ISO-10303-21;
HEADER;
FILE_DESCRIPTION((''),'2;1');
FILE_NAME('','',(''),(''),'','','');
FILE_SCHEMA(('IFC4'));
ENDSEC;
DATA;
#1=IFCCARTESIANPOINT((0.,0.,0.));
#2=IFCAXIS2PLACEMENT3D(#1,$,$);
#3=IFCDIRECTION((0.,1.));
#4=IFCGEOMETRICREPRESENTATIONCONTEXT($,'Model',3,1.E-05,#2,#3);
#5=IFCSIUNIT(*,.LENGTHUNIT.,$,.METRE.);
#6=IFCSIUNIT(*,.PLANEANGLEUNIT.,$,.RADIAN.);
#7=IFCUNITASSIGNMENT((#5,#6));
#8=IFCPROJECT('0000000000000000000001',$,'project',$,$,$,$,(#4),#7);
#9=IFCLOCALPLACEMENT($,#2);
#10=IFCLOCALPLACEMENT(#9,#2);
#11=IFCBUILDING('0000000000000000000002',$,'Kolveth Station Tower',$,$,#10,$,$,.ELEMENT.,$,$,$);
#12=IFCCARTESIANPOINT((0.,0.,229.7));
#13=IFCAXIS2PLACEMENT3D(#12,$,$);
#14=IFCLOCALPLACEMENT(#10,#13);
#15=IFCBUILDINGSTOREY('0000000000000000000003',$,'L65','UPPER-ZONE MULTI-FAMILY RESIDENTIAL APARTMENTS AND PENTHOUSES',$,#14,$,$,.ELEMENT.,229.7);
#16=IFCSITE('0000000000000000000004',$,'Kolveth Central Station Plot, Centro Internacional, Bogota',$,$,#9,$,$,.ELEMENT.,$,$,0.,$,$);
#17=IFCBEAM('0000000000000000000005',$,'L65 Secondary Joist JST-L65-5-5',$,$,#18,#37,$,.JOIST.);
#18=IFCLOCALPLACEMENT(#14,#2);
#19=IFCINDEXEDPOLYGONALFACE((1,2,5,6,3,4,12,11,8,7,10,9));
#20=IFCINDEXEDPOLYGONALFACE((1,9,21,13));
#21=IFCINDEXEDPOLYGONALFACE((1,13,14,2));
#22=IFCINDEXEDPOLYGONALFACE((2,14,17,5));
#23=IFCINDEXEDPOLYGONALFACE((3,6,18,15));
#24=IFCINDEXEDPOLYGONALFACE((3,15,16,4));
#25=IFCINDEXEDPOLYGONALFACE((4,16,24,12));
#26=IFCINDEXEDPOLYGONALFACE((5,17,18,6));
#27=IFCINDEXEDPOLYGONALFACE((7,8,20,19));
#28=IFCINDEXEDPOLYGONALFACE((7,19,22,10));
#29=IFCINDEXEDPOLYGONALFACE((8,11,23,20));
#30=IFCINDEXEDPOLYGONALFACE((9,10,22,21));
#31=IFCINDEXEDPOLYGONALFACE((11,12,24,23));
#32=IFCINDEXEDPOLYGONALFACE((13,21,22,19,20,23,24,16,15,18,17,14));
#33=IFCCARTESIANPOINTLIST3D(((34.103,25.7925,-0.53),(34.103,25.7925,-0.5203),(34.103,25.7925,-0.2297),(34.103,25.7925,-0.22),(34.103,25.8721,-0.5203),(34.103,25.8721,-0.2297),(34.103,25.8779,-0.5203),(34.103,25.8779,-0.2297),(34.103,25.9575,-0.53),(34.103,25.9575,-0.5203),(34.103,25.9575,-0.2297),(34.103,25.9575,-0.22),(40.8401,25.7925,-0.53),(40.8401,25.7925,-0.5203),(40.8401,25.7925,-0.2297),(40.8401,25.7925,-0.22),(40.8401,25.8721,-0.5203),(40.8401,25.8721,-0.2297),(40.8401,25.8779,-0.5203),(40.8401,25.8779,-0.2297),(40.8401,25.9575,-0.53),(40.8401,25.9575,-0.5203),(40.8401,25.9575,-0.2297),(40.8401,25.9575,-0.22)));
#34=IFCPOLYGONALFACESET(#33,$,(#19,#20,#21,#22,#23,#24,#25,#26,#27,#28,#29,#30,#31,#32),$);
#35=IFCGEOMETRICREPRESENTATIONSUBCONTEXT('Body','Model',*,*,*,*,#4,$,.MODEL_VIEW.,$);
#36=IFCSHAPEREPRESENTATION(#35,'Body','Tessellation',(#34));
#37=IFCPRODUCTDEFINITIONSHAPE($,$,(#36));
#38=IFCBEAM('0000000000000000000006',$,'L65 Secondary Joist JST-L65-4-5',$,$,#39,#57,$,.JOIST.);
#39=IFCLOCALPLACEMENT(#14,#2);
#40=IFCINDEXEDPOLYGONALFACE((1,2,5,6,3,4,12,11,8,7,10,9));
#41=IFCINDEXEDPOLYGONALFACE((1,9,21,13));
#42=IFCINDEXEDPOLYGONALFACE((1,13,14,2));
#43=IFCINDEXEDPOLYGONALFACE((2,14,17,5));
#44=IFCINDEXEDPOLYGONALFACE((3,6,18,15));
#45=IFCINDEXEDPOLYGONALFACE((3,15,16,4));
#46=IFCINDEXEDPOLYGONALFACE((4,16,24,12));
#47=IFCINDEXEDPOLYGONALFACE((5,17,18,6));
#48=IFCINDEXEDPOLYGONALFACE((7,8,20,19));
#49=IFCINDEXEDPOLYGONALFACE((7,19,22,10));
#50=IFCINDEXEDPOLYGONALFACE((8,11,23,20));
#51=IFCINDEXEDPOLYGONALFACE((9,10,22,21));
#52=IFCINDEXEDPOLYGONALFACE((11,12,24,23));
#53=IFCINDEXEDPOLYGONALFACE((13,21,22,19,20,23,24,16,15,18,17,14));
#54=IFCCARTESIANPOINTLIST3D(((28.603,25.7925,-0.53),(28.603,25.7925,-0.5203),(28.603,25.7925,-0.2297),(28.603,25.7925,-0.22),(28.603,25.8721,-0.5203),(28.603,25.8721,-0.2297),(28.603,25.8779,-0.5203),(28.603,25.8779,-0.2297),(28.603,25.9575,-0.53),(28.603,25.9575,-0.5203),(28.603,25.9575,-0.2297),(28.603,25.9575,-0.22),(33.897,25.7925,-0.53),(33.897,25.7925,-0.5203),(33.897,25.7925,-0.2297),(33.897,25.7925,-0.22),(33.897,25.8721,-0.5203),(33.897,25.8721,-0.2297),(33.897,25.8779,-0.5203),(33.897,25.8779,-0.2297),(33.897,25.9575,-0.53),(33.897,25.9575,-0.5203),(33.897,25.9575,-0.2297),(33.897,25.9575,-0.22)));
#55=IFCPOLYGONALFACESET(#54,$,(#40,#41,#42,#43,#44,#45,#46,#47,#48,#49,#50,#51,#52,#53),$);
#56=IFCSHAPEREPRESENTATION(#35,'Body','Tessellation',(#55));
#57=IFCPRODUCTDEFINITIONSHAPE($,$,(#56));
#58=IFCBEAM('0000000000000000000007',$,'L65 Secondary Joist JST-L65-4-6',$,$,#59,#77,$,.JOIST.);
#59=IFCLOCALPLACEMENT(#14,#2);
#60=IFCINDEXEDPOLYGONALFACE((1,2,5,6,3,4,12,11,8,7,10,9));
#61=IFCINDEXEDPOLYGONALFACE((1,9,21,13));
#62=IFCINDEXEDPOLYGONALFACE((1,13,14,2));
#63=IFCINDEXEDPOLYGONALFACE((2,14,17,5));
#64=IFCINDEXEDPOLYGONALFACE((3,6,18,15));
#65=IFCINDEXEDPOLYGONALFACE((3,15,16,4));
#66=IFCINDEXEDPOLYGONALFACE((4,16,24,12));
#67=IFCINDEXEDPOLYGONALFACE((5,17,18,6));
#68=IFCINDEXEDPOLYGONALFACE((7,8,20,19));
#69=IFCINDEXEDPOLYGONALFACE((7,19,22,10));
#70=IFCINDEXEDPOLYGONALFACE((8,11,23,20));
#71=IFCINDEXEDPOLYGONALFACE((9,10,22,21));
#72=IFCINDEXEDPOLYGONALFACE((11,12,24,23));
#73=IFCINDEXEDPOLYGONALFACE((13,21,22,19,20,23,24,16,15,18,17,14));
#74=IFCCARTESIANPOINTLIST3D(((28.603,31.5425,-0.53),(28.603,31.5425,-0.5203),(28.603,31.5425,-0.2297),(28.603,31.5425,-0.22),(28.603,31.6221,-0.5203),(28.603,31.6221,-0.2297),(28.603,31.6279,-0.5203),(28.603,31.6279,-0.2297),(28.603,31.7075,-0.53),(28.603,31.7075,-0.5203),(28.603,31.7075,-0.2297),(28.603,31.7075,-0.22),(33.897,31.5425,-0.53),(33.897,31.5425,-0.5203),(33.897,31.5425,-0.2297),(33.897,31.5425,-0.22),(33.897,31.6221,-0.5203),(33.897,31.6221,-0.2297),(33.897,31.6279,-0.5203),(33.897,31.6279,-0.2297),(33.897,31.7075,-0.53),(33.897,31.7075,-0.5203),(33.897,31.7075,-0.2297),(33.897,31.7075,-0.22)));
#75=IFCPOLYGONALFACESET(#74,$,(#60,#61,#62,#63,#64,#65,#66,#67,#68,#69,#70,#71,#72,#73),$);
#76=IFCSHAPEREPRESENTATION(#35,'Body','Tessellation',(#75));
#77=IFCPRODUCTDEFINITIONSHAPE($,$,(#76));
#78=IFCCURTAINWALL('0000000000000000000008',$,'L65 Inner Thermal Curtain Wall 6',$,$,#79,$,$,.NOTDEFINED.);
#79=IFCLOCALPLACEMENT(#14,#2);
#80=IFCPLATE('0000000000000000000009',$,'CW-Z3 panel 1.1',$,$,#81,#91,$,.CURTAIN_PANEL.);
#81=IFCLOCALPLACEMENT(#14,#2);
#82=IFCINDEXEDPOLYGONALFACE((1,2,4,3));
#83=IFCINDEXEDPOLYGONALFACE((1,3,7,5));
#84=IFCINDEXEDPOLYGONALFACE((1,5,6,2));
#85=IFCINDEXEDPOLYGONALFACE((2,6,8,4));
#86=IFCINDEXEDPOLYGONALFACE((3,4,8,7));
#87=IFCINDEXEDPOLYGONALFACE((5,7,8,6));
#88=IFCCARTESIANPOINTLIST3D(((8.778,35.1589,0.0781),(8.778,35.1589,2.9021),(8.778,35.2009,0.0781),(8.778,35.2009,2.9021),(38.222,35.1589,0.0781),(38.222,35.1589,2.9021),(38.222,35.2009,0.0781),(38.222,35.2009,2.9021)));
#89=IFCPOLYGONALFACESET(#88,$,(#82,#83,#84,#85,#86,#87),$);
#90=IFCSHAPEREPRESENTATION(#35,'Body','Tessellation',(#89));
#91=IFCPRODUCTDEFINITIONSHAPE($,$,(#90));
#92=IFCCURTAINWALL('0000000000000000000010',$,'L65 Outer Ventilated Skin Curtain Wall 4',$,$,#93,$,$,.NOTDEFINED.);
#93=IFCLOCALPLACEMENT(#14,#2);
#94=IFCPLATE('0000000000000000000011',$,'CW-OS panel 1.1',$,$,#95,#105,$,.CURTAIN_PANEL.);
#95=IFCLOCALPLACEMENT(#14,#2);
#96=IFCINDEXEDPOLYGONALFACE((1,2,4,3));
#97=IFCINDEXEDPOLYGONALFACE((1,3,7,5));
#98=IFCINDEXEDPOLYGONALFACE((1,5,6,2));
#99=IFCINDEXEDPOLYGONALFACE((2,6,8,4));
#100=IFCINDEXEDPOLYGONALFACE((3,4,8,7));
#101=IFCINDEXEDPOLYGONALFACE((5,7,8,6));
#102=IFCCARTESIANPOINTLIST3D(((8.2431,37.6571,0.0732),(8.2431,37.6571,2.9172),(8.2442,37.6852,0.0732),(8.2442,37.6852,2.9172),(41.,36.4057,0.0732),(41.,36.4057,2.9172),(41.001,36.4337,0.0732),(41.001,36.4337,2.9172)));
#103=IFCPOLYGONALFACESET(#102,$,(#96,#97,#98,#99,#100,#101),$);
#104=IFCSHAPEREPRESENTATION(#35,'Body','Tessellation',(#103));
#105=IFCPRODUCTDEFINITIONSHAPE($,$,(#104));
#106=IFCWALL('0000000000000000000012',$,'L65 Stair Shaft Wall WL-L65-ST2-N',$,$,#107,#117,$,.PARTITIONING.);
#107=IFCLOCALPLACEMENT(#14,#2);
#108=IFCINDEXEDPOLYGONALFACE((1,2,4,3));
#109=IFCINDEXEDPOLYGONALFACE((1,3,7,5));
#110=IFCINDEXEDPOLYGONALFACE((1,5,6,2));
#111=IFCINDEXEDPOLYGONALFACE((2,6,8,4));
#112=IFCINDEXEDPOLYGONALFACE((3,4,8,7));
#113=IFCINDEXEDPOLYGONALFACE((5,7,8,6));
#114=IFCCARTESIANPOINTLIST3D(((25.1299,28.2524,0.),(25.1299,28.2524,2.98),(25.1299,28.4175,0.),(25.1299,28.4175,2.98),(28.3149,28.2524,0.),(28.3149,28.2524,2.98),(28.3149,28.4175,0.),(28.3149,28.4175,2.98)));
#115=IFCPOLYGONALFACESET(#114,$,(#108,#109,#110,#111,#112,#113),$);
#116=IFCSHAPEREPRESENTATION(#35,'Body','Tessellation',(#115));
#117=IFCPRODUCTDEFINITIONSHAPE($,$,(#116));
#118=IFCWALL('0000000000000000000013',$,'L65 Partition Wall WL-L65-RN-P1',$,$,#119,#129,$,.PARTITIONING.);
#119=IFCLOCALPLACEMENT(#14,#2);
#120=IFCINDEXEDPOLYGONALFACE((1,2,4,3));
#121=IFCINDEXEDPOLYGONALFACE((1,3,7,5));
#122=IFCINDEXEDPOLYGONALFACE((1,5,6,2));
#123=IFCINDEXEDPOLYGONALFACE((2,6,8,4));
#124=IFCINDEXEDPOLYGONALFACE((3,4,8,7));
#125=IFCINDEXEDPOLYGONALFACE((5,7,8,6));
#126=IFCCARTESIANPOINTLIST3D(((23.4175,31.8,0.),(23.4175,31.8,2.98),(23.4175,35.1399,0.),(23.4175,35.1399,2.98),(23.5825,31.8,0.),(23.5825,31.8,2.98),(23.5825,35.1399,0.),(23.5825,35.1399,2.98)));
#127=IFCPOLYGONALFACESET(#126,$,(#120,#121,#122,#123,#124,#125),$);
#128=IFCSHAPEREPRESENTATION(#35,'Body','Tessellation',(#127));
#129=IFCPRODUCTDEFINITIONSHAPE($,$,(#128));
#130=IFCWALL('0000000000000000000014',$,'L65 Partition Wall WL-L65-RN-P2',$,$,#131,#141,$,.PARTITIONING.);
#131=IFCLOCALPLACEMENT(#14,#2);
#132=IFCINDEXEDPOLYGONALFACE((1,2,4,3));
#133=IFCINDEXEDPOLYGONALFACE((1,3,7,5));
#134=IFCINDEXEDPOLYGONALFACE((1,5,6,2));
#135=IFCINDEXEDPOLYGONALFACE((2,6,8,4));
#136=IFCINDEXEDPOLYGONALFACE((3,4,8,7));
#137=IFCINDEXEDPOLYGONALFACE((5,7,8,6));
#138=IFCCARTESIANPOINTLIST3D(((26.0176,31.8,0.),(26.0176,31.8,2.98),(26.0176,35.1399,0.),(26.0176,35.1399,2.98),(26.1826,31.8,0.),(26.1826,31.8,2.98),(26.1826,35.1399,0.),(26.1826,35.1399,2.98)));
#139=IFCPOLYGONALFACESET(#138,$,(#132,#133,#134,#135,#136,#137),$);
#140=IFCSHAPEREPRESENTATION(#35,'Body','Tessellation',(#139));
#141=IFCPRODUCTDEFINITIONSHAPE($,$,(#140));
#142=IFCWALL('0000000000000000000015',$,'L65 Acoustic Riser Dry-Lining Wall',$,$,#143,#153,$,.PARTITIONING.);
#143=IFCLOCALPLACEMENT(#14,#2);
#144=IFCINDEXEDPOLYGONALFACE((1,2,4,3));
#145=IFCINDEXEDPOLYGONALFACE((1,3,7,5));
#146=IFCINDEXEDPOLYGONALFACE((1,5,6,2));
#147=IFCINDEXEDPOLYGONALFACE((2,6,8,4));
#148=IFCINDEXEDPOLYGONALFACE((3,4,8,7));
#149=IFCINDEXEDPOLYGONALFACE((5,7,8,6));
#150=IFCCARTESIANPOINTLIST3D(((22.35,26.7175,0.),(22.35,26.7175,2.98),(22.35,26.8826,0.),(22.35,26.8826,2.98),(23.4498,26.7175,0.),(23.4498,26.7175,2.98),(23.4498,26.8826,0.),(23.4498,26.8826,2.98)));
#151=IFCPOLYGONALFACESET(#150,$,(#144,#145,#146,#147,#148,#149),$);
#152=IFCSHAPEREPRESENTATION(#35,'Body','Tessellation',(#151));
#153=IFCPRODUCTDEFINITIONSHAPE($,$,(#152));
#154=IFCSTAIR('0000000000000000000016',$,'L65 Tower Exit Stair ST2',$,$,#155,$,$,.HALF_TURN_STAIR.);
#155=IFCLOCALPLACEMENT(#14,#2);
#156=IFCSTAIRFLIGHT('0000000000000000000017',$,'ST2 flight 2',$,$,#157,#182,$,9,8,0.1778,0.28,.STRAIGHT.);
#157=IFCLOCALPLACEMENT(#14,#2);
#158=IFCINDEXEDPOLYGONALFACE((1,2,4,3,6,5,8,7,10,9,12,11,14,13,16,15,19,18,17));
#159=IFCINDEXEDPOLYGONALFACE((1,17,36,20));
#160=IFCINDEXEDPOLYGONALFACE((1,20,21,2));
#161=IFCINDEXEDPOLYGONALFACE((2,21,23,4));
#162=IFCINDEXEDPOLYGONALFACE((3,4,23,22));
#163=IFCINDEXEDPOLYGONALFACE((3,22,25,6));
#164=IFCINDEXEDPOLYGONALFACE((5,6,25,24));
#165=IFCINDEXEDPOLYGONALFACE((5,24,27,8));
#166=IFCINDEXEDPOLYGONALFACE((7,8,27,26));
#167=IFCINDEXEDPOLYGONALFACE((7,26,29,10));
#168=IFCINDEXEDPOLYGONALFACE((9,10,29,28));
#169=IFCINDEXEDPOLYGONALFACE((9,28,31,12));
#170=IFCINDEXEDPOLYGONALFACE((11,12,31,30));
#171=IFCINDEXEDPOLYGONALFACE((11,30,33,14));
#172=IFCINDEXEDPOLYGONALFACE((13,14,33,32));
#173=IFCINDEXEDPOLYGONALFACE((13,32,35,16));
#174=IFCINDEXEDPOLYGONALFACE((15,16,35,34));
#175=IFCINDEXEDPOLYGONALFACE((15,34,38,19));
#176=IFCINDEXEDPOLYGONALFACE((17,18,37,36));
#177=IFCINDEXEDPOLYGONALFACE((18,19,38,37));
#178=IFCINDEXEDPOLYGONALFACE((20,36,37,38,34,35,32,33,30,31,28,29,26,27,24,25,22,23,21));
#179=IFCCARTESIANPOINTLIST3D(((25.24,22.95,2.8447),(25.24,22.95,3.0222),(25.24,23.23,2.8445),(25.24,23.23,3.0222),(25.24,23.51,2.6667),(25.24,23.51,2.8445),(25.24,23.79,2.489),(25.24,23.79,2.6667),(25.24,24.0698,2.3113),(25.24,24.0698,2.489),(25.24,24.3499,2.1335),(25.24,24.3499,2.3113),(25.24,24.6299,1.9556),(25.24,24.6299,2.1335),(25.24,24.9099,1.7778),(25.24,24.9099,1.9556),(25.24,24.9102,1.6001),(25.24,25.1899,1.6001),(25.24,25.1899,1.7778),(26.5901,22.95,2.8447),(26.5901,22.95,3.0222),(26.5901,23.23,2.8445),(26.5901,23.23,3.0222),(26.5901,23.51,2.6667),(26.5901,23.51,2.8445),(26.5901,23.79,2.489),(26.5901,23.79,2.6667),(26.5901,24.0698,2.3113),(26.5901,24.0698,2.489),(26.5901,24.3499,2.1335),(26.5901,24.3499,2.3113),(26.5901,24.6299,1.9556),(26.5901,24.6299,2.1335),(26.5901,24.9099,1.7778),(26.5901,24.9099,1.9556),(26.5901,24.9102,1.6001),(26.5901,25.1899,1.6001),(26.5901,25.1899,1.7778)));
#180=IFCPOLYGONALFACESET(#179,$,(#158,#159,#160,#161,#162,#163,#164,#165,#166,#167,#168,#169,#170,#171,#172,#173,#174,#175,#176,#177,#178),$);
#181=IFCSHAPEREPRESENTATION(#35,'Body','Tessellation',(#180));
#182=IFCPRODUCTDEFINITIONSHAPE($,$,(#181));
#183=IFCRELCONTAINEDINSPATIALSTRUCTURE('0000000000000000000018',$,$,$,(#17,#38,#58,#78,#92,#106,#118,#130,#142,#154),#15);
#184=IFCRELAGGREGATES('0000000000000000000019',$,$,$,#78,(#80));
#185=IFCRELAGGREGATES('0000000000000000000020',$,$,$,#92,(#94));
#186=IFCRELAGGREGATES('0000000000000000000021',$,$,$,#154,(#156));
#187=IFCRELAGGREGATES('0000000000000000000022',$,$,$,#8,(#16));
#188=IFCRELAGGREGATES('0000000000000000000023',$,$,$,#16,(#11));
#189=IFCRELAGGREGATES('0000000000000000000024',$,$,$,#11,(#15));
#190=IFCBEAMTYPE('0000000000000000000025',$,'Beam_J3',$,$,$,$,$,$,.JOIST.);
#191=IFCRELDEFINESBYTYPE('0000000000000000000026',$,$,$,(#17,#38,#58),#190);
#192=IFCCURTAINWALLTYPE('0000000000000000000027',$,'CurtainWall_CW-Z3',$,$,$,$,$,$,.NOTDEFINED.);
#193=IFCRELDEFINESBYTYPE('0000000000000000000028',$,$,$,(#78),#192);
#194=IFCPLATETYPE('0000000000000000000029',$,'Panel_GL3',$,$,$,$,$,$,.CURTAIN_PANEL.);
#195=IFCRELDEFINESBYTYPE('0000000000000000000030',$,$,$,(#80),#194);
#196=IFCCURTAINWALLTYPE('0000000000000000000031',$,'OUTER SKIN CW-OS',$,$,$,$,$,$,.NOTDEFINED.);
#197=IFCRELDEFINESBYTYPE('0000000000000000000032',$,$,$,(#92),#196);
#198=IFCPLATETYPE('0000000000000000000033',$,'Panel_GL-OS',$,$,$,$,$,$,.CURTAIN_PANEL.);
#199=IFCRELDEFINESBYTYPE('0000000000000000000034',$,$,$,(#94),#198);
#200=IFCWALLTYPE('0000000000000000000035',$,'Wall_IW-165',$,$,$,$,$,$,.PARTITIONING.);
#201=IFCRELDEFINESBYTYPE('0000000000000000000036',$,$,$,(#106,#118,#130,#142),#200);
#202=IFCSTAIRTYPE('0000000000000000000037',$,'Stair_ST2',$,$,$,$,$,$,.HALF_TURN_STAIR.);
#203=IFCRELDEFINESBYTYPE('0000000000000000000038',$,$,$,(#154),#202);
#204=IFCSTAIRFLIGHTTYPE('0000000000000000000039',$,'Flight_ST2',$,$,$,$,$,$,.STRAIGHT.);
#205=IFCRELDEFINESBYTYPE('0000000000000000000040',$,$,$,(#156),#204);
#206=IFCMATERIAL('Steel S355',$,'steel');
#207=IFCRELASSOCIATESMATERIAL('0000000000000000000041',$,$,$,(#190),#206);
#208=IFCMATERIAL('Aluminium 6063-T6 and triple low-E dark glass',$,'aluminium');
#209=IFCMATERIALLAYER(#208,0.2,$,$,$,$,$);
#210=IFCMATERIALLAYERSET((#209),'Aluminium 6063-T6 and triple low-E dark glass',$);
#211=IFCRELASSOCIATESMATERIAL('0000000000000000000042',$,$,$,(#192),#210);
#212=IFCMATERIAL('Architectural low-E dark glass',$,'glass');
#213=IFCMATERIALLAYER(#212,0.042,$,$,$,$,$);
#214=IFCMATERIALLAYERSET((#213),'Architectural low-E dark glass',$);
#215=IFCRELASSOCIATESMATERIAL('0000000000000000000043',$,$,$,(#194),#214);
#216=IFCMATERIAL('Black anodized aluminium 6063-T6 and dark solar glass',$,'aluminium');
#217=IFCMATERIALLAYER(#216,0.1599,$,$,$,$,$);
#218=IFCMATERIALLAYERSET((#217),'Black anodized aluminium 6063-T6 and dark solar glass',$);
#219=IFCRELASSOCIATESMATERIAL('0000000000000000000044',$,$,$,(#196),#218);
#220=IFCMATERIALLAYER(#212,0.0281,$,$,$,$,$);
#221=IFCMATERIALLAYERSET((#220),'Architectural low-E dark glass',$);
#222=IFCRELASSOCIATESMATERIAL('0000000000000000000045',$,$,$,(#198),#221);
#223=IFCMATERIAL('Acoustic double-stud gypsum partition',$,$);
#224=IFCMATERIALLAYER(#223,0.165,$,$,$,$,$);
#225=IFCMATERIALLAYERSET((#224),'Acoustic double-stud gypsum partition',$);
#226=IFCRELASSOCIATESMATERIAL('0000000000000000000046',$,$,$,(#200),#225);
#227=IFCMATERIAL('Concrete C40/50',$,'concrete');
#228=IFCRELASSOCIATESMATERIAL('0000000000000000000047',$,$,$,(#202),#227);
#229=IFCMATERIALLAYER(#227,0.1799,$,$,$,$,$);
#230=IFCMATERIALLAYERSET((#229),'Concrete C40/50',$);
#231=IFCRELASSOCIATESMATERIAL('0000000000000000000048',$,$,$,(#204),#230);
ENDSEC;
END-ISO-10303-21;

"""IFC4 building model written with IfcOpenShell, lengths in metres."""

from ifc_helpers import new_model, si_unit, direction, frame, frame_2d, origin, origin_2d, place, context, subcontext, project, spatial, polyline, rectangle, i_section, outline, extrude, source, transform, mapped, material, layer, layer_set, material_profile, profile_set, type_object, element, aggregate, save


model = new_model("IFC4")

# Units and contexts
model_context = context("Model", 3, precision=1e-05, world=origin(), true_north=direction((0.0, 1.0)))
body_context = subcontext(model_context, "Body", "Model", "MODEL_VIEW")
ifc_project = project(units=[si_unit("LENGTHUNIT", "METRE"), si_unit("PLANEANGLEUNIT", "RADIAN")], contexts=[model_context])

# Site, building, storey
site_placement = place(None, origin())
site = spatial("IfcSite", under=ifc_project, at=site_placement, Name="Kolveth Central Station Plot, Centro Internacional, Bogota", CompositionType="ELEMENT", RefElevation=0.0)
building_placement = place(site_placement, origin())
building = spatial("IfcBuilding", under=site, at=building_placement, Name="Kolveth Station Tower", CompositionType="ELEMENT")
storey_placement = place(building_placement, frame((0.0, 0.0, 229.7)))
storey = spatial("IfcBuildingStorey", under=building, at=storey_placement, Name="L65", Description="UPPER-ZONE MULTI-FAMILY RESIDENTIAL APARTMENTS AND PENTHOUSES", CompositionType="ELEMENT", Elevation=229.7)

# Shared definitions
ifc_material_1 = material(Name="Steel S355", Category="steel")

# Beams
ifc_material_profile_1 = material_profile(ifc_material_1, i_section(OverallWidth=0.165, OverallDepth=0.3101, WebThickness=0.0059, FlangeThickness=0.0098, at=origin_2d()), Name="W310x39")
ifc_profile_set_1 = profile_set([ifc_material_profile_1], Name="Steel S355")
beam_type_1 = type_object("IfcBeamType", Name="Beam_J3", PredefinedType="JOIST", material=ifc_profile_set_1)
shared_shape_1 = source(origin(), body_context, "Body", "SweptSolid", [
    extrude(i_section(OverallWidth=0.165, OverallDepth=0.3101, WebThickness=0.0059, FlangeThickness=0.0098, at=origin_2d()), origin(), (0.0, 0.0, 1.0), 6.7371),
])
beam_1_placement = place(storey_placement, frame((34.103, 25.875, -0.375), z_axis=(1.0, 0.0, 0.0), x_axis=(0.0, 1.0, 0.0)))
element("IfcBeam", 1, at=beam_1_placement, inside=storey, type_object=beam_type_1, Name="L65 Secondary Joist JST-L65-5-5", PredefinedType="JOIST", context=body_context, shape_type="MappedRepresentation", body=[
    mapped(shared_shape_1, transform((0.0, 0.0, 0.0), x_axis=(1.0, 0.0, 0.0), y_axis=(0.0, 1.0, 0.0), z_axis=(0.0, 0.0, 1.0), scale=1.0)),
])
shared_shape_2 = source(origin(), body_context, "Body", "SweptSolid", [
    extrude(i_section(OverallWidth=0.165, OverallDepth=0.3101, WebThickness=0.0059, FlangeThickness=0.0098, at=origin_2d()), origin(), (0.0, 0.0, 1.0), 5.2939),
])
for number, where, z_axis, x_axis, name in (
    (2, (28.603, 25.875, -0.375), (1.0, 0.0, 0.0), (0.0, 1.0, 0.0), "L65 Secondary Joist JST-L65-4-5"),
    (3, (28.603, 31.625, -0.375), (1.0, 0.0, 0.0), (0.0, 1.0, 0.0), "L65 Secondary Joist JST-L65-4-6"),
):
    element("IfcBeam", number, at=place(storey_placement, frame(where, z_axis=z_axis, x_axis=x_axis)), inside=storey, type_object=beam_type_1, Name=name, PredefinedType="JOIST", context=body_context, shape_type="MappedRepresentation", body=[
        mapped(shared_shape_2, transform((0.0, 0.0, 0.0), x_axis=(1.0, 0.0, 0.0), y_axis=(0.0, 1.0, 0.0), z_axis=(0.0, 0.0, 1.0), scale=1.0)),
    ])

# Curtain walls, plates
ifc_material_2 = material(Name="Aluminium 6063-T6 and triple low-E dark glass", Category="aluminium")
ifc_layer_1 = layer(ifc_material_2, 0.2)
ifc_layer_set_1 = layer_set([ifc_layer_1], Name="Aluminium 6063-T6 and triple low-E dark glass")
curtain_wall_type_1 = type_object("IfcCurtainWallType", Name="CurtainWall_CW-Z3", PredefinedType="NOTDEFINED", material=ifc_layer_set_1)
curtain_wall_1_placement = place(storey_placement, origin())
curtain_wall_1 = element("IfcCurtainWall", 4, at=curtain_wall_1_placement, inside=storey, type_object=curtain_wall_type_1, Name="L65 Inner Thermal Curtain Wall 6", PredefinedType="NOTDEFINED")
ifc_material_3 = material(Name="Architectural low-E dark glass", Category="glass")
ifc_layer_2 = layer(ifc_material_3, 0.042)
ifc_layer_set_2 = layer_set([ifc_layer_2], Name="Architectural low-E dark glass")
plate_type_1 = type_object("IfcPlateType", Name="Panel_GL3", PredefinedType="CURTAIN_PANEL", material=ifc_layer_set_2)
shared_shape_3 = source(origin(), body_context, "Body", "SweptSolid", [
    extrude(rectangle(XDim=29.4441, YDim=0.042, at=origin_2d()), origin(), (0.0, 0.0, 1.0), 2.824),
])
plate_1_placement = place(storey_placement, frame((23.5, 35.1799, 0.0781), z_axis=(0.0, 0.0, 1.0), x_axis=(-1.0, 0.0, 0.0)))
plate_1 = element("IfcPlate", 5, at=plate_1_placement, type_object=plate_type_1, Name="CW-Z3 panel 1.1", PredefinedType="CURTAIN_PANEL", context=body_context, shape_type="MappedRepresentation", body=[
    mapped(shared_shape_3, transform((0.0, 0.0, 0.0), x_axis=(1.0, 0.0, 0.0), y_axis=(0.0, 1.0, 0.0), z_axis=(0.0, 0.0, 1.0), scale=1.0)),
])
aggregate(curtain_wall_1, [plate_1])
ifc_material_4 = material(Name="Black anodized aluminium 6063-T6 and dark solar glass", Category="aluminium")
ifc_layer_3 = layer(ifc_material_4, 0.1599)
ifc_layer_set_3 = layer_set([ifc_layer_3], Name="Black anodized aluminium 6063-T6 and dark solar glass")
curtain_wall_type_2 = type_object("IfcCurtainWallType", Name="OUTER SKIN CW-OS", PredefinedType="NOTDEFINED", material=ifc_layer_set_3)
curtain_wall_2_placement = place(storey_placement, origin())
curtain_wall_2 = element("IfcCurtainWall", 6, at=curtain_wall_2_placement, inside=storey, type_object=curtain_wall_type_2, Name="L65 Outer Ventilated Skin Curtain Wall 4", PredefinedType="NOTDEFINED")
ifc_layer_4 = layer(ifc_material_3, 0.0281)
ifc_layer_set_4 = layer_set([ifc_layer_4], Name="Architectural low-E dark glass")
plate_type_2 = type_object("IfcPlateType", Name="Panel_GL-OS", PredefinedType="CURTAIN_PANEL", material=ifc_layer_set_4)
shared_shape_4 = source(origin(), body_context, "Body", "SweptSolid", [
    extrude(rectangle(XDim=32.7808, YDim=0.0281, at=origin_2d()), origin(), (0.0, 0.0, 1.0), 2.844),
])
plate_2_placement = place(storey_placement, frame((24.6221, 37.0454, 0.0732), z_axis=(0.0, 0.0, 1.0), x_axis=(-0.999271, 0.038177, 0.0)))
plate_2 = element("IfcPlate", 7, at=plate_2_placement, type_object=plate_type_2, Name="CW-OS panel 1.1", PredefinedType="CURTAIN_PANEL", context=body_context, shape_type="MappedRepresentation", body=[
    mapped(shared_shape_4, transform((0.0, 0.0, 0.0), x_axis=(1.0, 0.0, 0.0), y_axis=(0.0, 1.0, 0.0), z_axis=(0.0, 0.0, 1.0), scale=1.0)),
])
aggregate(curtain_wall_2, [plate_2])

# Walls
ifc_material_5 = material(Name="Acoustic double-stud gypsum partition")
ifc_layer_5 = layer(ifc_material_5, 0.165)
ifc_layer_set_5 = layer_set([ifc_layer_5], Name="Acoustic double-stud gypsum partition")
wall_type = type_object("IfcWallType", Name="Wall_IW-165", PredefinedType="PARTITIONING", material=ifc_layer_set_5)
wall_1_placement = place(storey_placement, frame((25.1299, 28.335, 0.0), z_axis=(0.0, 0.0, 1.0), x_axis=(1.0, 0.0, 0.0)))
element("IfcWall", 8, at=wall_1_placement, inside=storey, type_object=wall_type, Name="L65 Stair Shaft Wall WL-L65-ST2-N", PredefinedType="PARTITIONING", context=body_context, shape_type="SweptSolid", body=[
    extrude(rectangle(XDim=3.1851, YDim=0.165, at=frame_2d((1.5925, 0.0))), origin(), (0.0, 0.0, 1.0), 2.98),
])
for number, where, z_axis, x_axis, name in (
    (9, (23.5, 31.8, 0.0), (0.0, 0.0, 1.0), (0.0, 1.0, 0.0), "L65 Partition Wall WL-L65-RN-P1"),
    (10, (26.1001, 31.8, 0.0), (0.0, 0.0, 1.0), (0.0, 1.0, 0.0), "L65 Partition Wall WL-L65-RN-P2"),
):
    element("IfcWall", number, at=place(storey_placement, frame(where, z_axis=z_axis, x_axis=x_axis)), inside=storey, type_object=wall_type, Name=name, PredefinedType="PARTITIONING", context=body_context, shape_type="SweptSolid", body=[
        extrude(rectangle(XDim=3.3398, YDim=0.165, at=frame_2d((1.6699, 0.0))), origin(), (0.0, 0.0, 1.0), 2.98),
    ])
wall_2_placement = place(storey_placement, frame((22.3501, 26.8, 0.0), z_axis=(0.0, 0.0, 1.0), x_axis=(1.0, 0.0, 0.0)))
element("IfcWall", 11, at=wall_2_placement, inside=storey, type_object=wall_type, Name="L65 Acoustic Riser Dry-Lining Wall", PredefinedType="PARTITIONING", context=body_context, shape_type="SweptSolid", body=[
    extrude(rectangle(XDim=1.0999, YDim=0.165, at=frame_2d((0.5498, 0.0))), origin(), (0.0, 0.0, 1.0), 2.98),
])

# Stair, stair flight
ifc_material_6 = material(Name="Concrete C40/50", Category="concrete")
stair_type = type_object("IfcStairType", Name="Stair_ST2", PredefinedType="HALF_TURN_STAIR", material=ifc_material_6)
stair_placement = place(storey_placement, origin())
stair = element("IfcStair", 12, at=stair_placement, inside=storey, type_object=stair_type, Name="L65 Tower Exit Stair ST2", PredefinedType="HALF_TURN_STAIR")
ifc_layer_6 = layer(ifc_material_6, 0.1799)
ifc_layer_set_6 = layer_set([ifc_layer_6], Name="Concrete C40/50")
stair_flight_type = type_object("IfcStairFlightType", Name="Flight_ST2", PredefinedType="STRAIGHT", material=ifc_layer_set_6)
stair_flight_placement = place(storey_placement, frame((25.915, 25.1899, 1.6001), z_axis=(0.0, 0.0, 1.0), x_axis=(0.0, -1.0, 0.0)))
stair_flight = element("IfcStairFlight", 13, at=stair_flight_placement, type_object=stair_flight_type, Name="ST2 flight 2", NumberOfRisers=9, NumberOfTreads=8, PredefinedType="STRAIGHT", RiserHeight=0.1778, TreadLength=0.28, context=body_context, shape_type="SweptSolid", body=[
    extrude(outline(polyline([(0.0, 0.0), (0.0, 0.1777), (0.28, 0.1777), (0.28, 0.3555), (0.5601, 0.3555), (0.5601, 0.5334), (0.8401, 0.5334), (0.8401, 0.7112), (1.1201, 0.7112), (1.1201, 0.8889), (1.3999, 0.8889), (1.3999, 1.0667), (1.6799, 1.0667), (1.6799, 1.2444), (1.96, 1.2444), (1.96, 1.4221), (2.24, 1.4221), (2.24, 1.6001), (2.24, 1.2446), (0.2798, 0.0), (0.0, 0.0)])), frame((0.0, 0.675, 0.0), z_axis=(0.0, -1.0, 0.0), x_axis=(1.0, 0.0, 0.0)), (0.0, 0.0, 1.0), 1.3501),
])
aggregate(stair, [stair_flight])

save(model, "model.ifc")
